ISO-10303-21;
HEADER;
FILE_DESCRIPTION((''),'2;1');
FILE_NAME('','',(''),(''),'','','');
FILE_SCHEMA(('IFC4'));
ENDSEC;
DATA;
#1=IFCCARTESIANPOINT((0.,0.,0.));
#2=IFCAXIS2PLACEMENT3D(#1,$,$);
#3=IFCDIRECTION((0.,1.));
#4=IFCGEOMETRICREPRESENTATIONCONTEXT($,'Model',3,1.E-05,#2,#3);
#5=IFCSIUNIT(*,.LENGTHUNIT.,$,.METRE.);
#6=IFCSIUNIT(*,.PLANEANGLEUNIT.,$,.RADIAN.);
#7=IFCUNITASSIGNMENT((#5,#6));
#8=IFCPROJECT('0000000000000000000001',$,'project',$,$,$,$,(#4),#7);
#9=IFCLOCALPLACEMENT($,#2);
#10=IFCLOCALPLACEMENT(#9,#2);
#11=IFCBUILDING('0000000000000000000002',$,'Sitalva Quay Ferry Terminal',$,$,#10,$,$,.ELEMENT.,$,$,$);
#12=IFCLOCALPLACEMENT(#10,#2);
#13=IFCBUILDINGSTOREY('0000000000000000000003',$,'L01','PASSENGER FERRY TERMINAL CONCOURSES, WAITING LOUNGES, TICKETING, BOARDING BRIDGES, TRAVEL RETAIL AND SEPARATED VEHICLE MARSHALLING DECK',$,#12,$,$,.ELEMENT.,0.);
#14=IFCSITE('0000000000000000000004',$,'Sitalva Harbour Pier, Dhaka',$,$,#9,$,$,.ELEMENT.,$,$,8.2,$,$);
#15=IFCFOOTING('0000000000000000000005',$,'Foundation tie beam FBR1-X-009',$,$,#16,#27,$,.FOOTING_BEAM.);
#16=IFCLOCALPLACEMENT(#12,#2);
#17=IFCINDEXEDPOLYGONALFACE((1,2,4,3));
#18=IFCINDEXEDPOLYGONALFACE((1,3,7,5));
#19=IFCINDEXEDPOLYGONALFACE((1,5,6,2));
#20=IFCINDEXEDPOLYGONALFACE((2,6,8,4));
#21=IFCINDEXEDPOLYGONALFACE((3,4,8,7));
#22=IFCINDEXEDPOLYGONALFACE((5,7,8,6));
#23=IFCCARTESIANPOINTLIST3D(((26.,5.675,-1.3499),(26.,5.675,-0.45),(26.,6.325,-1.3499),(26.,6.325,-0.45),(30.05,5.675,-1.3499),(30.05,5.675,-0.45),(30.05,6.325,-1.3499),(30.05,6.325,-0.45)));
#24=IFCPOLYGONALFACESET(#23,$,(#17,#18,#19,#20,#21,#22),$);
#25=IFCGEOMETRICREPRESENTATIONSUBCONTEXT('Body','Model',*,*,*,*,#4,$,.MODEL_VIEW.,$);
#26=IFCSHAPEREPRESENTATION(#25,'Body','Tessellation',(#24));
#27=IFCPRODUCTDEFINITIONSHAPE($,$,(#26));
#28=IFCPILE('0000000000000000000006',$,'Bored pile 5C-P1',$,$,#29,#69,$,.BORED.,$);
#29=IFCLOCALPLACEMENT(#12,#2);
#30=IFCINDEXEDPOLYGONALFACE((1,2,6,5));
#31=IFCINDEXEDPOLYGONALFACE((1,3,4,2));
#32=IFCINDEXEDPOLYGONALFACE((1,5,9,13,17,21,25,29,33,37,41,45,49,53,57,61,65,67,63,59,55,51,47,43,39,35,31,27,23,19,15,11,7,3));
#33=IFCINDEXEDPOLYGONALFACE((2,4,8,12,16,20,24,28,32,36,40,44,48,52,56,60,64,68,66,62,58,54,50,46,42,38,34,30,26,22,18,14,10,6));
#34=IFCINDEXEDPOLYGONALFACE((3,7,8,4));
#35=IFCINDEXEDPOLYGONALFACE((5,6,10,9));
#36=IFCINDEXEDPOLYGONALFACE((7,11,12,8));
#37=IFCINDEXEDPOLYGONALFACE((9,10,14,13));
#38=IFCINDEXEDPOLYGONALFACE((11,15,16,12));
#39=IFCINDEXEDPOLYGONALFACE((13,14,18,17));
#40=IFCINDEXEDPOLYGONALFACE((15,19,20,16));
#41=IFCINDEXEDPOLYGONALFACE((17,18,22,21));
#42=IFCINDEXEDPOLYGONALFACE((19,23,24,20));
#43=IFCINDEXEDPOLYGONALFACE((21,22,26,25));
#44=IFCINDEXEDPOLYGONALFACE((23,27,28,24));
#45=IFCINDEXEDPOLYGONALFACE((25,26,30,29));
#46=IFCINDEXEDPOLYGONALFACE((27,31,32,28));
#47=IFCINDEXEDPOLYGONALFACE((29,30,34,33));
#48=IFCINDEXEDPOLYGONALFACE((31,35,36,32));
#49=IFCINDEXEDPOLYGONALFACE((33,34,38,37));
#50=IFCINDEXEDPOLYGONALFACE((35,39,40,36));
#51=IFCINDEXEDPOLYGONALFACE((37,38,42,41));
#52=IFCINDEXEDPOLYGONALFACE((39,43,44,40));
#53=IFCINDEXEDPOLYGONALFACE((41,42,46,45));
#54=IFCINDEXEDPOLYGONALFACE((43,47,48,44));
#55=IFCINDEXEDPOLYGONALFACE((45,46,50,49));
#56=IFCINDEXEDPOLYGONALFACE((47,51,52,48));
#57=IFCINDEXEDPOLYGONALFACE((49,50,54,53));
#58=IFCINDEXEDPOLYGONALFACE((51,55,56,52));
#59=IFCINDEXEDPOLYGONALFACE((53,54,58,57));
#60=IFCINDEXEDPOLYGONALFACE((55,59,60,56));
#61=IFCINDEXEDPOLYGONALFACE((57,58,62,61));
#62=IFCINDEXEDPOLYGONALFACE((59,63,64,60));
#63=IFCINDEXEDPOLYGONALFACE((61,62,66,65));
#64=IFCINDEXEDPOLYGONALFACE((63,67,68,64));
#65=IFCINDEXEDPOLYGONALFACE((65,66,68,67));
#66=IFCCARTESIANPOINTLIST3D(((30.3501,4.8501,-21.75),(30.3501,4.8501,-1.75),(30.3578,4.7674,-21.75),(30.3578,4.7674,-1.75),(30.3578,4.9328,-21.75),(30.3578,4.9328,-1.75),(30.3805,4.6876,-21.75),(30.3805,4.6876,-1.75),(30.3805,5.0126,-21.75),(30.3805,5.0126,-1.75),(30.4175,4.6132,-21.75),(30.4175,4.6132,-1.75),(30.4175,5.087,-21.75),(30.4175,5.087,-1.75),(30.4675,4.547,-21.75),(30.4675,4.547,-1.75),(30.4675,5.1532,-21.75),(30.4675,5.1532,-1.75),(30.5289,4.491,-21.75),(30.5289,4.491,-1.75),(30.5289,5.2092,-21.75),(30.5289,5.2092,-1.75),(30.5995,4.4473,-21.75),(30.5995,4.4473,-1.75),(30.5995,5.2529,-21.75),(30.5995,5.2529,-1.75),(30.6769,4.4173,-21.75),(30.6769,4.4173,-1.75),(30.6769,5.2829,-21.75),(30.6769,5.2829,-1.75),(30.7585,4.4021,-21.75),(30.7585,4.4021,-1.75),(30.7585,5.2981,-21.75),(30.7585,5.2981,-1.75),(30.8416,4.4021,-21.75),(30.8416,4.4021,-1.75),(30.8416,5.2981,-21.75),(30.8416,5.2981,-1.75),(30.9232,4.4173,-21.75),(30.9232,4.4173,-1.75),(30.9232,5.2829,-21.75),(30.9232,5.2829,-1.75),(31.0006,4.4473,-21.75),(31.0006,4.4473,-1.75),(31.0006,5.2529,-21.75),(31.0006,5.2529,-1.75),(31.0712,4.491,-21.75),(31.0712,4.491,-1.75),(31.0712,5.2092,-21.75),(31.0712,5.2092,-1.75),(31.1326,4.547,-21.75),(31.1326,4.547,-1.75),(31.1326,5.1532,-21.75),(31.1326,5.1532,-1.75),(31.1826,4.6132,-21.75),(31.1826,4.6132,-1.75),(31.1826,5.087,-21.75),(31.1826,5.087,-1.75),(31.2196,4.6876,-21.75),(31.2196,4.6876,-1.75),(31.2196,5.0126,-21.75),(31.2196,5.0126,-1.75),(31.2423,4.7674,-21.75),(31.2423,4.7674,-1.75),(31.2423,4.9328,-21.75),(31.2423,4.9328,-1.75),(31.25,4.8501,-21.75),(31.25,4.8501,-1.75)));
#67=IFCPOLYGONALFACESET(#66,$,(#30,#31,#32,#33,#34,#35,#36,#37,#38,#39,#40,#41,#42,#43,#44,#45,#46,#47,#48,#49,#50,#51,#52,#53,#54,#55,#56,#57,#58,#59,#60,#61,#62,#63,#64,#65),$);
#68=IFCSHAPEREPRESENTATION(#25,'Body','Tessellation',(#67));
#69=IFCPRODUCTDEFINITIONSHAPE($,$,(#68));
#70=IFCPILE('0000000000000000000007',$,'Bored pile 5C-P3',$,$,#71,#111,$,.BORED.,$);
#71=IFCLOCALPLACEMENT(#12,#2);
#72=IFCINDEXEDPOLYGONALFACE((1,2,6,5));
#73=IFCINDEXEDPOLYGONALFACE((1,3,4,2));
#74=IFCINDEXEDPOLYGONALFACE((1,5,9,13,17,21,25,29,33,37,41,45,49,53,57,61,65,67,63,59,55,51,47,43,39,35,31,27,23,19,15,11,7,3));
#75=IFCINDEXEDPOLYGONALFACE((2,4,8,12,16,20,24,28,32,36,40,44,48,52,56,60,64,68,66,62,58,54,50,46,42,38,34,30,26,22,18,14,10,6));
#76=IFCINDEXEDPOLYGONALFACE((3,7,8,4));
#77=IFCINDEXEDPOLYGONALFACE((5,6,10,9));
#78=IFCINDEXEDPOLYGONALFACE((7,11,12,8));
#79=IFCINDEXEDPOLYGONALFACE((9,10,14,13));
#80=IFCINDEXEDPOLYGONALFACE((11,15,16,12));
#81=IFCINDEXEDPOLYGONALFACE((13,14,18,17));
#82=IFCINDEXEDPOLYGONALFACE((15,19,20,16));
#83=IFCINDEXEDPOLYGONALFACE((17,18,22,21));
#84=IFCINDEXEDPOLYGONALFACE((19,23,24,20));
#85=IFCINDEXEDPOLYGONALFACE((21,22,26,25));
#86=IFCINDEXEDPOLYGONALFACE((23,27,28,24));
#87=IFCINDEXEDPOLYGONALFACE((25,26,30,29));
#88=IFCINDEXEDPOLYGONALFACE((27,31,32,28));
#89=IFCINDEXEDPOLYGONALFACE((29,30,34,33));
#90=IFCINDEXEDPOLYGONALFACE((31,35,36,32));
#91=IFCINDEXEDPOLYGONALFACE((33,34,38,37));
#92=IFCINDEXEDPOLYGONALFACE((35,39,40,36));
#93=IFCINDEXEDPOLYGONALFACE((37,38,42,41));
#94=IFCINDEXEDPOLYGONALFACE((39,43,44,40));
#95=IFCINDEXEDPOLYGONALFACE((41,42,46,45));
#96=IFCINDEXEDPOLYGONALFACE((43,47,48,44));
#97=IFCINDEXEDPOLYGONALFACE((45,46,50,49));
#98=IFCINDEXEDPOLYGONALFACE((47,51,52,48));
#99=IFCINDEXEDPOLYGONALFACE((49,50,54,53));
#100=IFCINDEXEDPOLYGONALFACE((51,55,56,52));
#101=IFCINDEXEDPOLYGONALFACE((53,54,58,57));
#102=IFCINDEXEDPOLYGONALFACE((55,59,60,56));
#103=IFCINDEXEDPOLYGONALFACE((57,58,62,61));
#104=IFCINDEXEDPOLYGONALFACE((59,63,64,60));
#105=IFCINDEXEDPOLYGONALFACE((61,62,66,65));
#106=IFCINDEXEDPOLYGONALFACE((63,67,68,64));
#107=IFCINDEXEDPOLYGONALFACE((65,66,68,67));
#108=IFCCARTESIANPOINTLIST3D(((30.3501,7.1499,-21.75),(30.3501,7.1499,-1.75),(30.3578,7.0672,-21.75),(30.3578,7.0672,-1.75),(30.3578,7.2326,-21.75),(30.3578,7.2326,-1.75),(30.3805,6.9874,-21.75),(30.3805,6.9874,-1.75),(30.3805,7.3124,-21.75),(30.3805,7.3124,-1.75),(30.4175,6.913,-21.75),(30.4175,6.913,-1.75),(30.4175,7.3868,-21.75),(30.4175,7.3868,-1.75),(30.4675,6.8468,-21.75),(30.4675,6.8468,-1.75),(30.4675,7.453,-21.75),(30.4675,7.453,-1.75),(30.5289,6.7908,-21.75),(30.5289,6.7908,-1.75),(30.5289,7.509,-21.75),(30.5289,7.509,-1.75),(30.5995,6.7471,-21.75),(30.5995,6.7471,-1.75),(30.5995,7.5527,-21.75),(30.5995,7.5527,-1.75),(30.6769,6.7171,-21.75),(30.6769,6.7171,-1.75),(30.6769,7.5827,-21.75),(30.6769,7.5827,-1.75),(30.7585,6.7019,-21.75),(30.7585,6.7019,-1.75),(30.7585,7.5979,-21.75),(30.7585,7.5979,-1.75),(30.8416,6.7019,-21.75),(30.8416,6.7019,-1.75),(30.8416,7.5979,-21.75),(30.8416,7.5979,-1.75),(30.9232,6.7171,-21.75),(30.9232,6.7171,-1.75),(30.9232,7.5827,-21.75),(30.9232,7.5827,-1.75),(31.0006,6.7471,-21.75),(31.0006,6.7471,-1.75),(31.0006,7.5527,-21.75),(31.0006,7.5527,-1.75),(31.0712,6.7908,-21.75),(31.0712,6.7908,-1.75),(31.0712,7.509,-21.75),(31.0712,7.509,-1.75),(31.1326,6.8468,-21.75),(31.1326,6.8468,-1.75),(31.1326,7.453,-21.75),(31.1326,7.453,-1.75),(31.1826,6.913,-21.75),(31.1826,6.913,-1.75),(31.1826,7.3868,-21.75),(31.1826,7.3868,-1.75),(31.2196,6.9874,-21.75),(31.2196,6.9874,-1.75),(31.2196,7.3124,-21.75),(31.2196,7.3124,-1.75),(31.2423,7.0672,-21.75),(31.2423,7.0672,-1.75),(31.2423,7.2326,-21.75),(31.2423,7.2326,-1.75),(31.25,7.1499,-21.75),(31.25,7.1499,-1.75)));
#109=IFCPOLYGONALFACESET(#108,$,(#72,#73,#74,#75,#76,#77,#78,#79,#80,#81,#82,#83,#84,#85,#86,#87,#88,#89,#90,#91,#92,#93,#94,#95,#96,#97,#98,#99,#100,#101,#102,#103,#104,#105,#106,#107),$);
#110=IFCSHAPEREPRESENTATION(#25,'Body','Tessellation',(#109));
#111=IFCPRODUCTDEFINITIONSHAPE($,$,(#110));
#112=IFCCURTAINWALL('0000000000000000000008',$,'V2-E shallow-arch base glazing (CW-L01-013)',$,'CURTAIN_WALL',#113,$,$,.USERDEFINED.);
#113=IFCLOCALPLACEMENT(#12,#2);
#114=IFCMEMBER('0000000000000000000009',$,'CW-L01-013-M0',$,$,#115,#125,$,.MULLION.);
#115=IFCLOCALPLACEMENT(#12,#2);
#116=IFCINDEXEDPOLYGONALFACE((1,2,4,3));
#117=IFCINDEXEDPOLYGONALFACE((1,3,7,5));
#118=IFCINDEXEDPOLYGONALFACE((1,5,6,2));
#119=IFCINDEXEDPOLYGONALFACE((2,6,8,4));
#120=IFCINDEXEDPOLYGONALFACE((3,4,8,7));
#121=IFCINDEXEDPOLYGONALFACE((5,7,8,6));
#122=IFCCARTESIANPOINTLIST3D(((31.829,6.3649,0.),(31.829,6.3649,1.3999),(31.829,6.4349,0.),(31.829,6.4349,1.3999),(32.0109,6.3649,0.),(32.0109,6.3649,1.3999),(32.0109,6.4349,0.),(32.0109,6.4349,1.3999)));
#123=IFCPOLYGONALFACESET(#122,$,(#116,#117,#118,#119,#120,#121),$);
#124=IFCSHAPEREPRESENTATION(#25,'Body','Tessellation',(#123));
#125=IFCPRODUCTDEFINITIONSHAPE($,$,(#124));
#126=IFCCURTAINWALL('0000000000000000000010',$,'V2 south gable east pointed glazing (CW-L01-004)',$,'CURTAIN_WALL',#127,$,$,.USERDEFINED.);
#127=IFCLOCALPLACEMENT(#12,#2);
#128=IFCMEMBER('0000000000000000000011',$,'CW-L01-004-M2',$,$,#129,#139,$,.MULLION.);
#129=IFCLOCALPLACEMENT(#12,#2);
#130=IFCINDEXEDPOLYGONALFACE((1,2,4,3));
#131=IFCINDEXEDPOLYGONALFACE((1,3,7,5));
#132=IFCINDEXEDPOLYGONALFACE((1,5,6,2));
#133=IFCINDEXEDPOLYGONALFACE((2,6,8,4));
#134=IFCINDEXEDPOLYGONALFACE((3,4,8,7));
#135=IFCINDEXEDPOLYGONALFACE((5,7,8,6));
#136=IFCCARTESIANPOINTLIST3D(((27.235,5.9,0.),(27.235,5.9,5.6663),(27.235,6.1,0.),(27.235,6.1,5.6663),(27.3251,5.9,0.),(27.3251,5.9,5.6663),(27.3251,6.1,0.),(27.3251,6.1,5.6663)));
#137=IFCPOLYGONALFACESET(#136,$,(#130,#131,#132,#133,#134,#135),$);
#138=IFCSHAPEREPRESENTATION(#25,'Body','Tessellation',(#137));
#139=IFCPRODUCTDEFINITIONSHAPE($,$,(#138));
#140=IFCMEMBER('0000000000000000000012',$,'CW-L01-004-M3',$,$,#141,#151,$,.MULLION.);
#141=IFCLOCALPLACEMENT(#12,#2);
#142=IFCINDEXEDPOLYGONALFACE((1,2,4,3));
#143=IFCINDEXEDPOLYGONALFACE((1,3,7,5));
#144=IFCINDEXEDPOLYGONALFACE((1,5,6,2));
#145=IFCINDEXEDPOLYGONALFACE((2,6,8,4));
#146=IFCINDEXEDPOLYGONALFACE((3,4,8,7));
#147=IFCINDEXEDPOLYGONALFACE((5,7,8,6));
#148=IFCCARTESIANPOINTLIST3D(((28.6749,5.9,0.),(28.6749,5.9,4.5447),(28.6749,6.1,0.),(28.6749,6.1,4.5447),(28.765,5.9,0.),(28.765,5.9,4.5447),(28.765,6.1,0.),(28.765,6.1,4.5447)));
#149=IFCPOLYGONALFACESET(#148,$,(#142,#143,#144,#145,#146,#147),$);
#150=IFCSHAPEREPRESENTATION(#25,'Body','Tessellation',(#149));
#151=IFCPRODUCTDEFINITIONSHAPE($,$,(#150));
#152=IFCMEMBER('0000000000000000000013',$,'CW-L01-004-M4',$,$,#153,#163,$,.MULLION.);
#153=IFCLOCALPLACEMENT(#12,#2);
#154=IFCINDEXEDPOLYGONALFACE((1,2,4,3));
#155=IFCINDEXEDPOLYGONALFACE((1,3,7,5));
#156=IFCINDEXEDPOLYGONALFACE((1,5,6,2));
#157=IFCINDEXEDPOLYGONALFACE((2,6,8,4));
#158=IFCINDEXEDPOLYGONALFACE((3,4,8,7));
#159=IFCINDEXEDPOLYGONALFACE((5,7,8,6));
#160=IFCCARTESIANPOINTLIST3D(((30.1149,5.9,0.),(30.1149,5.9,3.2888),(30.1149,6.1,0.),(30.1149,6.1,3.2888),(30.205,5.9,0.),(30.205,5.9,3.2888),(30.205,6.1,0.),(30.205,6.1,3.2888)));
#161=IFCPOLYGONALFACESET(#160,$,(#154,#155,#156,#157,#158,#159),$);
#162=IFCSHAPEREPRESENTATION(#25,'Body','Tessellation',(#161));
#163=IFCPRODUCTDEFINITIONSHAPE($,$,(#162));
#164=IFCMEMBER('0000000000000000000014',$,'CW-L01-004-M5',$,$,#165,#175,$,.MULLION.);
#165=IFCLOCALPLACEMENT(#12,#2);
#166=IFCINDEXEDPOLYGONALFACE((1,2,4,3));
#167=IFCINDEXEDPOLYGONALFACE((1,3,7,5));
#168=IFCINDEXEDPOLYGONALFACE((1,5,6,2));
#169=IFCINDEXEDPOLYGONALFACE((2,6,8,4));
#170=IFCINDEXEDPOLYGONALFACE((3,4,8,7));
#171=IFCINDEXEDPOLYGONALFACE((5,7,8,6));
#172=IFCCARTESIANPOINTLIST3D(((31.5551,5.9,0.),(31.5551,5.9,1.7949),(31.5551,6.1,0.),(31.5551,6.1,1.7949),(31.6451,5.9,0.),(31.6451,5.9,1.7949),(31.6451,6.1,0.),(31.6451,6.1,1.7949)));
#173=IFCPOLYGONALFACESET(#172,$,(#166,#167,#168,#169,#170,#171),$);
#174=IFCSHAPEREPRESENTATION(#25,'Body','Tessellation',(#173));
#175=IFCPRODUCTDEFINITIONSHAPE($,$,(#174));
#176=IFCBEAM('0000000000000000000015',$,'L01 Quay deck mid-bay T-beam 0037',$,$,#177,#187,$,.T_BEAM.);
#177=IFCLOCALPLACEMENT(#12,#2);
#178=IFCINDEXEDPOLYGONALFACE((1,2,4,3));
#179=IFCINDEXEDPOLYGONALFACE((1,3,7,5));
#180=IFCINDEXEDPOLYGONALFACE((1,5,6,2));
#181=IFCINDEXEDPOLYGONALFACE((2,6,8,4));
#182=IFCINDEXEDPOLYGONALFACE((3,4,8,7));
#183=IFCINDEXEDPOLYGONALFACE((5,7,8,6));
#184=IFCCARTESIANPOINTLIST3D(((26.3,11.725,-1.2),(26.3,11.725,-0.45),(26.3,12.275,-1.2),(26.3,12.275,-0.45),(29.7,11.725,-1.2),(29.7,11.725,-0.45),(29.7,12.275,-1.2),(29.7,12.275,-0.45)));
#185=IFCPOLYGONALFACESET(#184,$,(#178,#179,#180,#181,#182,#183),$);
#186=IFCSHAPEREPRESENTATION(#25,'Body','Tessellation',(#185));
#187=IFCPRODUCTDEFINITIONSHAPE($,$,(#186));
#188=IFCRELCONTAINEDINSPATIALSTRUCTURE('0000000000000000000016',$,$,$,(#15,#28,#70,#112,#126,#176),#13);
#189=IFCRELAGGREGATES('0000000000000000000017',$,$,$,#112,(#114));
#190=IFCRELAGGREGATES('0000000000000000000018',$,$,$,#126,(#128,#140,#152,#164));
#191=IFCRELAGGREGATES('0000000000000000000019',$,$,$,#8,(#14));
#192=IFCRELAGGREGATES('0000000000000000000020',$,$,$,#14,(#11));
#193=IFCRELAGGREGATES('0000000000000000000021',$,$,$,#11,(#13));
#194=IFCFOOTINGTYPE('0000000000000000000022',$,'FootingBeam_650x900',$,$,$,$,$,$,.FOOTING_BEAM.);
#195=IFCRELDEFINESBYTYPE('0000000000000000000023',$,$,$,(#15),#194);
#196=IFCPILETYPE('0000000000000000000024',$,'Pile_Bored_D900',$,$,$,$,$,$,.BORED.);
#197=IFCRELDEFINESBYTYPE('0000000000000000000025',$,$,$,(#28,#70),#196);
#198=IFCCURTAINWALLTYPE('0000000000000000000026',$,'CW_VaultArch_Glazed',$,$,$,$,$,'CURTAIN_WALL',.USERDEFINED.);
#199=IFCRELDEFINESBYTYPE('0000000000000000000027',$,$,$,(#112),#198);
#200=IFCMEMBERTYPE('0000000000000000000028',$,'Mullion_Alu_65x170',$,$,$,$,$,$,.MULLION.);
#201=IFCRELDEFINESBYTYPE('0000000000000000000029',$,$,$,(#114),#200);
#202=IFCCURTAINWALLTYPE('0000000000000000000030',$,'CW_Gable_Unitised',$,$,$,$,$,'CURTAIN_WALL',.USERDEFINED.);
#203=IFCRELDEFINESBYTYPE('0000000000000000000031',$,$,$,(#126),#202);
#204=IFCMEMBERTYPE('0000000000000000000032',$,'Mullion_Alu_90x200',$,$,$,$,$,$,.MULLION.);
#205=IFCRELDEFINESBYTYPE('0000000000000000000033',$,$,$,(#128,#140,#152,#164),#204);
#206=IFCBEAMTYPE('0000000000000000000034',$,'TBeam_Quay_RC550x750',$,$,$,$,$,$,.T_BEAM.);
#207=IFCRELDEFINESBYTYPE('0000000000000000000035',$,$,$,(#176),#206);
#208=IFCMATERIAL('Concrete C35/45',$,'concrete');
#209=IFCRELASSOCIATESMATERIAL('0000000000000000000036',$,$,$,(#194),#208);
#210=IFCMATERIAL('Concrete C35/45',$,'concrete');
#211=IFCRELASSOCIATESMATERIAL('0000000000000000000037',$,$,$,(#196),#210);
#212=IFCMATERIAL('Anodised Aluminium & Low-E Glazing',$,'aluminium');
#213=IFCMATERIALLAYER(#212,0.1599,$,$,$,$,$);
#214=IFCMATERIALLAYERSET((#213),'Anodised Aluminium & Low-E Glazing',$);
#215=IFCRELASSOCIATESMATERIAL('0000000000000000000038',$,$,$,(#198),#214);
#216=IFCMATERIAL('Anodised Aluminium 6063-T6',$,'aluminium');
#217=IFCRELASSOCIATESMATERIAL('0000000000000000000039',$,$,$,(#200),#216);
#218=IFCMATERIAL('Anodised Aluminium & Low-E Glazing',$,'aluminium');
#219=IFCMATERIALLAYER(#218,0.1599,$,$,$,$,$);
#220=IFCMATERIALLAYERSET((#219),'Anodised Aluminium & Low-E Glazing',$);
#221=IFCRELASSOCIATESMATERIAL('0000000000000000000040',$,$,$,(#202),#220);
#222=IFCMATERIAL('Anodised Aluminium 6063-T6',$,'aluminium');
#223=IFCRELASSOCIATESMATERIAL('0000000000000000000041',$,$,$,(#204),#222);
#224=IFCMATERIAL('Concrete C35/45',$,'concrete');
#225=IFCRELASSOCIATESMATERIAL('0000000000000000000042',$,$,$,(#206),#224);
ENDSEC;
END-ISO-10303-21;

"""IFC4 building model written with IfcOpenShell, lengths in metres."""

from ifc_helpers import new_model, si_unit, direction, frame, origin, origin_2d, place, context, subcontext, project, spatial, rectangle, circle, extrude, material, layer, layer_set, material_profile, profile_set, type_object, element, aggregate, save


model = new_model("IFC4")

# Units and contexts
model_context = context("Model", 3, precision=1e-05, world=origin(), true_north=direction((0.0, 1.0)))
body_context = subcontext(model_context, "Body", "Model", "MODEL_VIEW")
ifc_project = project(units=[si_unit("LENGTHUNIT", "METRE"), si_unit("PLANEANGLEUNIT", "RADIAN")], contexts=[model_context])

# Site, building, storey
site_placement = place(None, origin())
site = spatial("IfcSite", under=ifc_project, at=site_placement, Name="Sitalva Harbour Pier, Dhaka", CompositionType="ELEMENT", RefElevation=8.2)
building_placement = place(site_placement, origin())
building = spatial("IfcBuilding", under=site, at=building_placement, Name="Sitalva Quay Ferry Terminal", CompositionType="ELEMENT")
storey_placement = place(building_placement, origin())
storey = spatial("IfcBuildingStorey", under=building, at=storey_placement, Name="L01", Description="PASSENGER FERRY TERMINAL CONCOURSES, WAITING LOUNGES, TICKETING, BOARDING BRIDGES, TRAVEL RETAIL AND SEPARATED VEHICLE MARSHALLING DECK", CompositionType="ELEMENT", Elevation=0.0)

# Footing
ifc_material_1 = material(Name="Concrete C35/45", Category="concrete")
ifc_material_profile_1 = material_profile(ifc_material_1, rectangle(XDim=0.6499, YDim=0.8999, at=origin_2d()), Name="RC650x900")
ifc_profile_set_1 = profile_set([ifc_material_profile_1], Name="Concrete C35/45")
footing_type = type_object("IfcFootingType", Name="FootingBeam_650x900", PredefinedType="FOOTING_BEAM", material=ifc_profile_set_1)
footing_placement = place(storey_placement, frame((26.0, 6.0, -0.8999), z_axis=(1.0, 0.0, 0.0), x_axis=(0.0, 1.0, 0.0)))
element("IfcFooting", 1, at=footing_placement, inside=storey, type_object=footing_type, Name="Foundation tie beam FBR1-X-009", PredefinedType="FOOTING_BEAM", context=body_context, shape_type="SweptSolid", body=[
    extrude(rectangle(XDim=0.6499, YDim=0.8999, at=origin_2d()), origin(), (0.0, 0.0, 1.0), 4.05),
])

# Piles
ifc_material_2 = material(Name="Concrete C35/45", Category="concrete")
ifc_material_profile_2 = material_profile(ifc_material_2, circle(Radius=0.45, at=origin_2d()), Name="PILE-D900")
ifc_profile_set_2 = profile_set([ifc_material_profile_2], Name="Concrete C35/45")
pile_type = type_object("IfcPileType", Name="Pile_Bored_D900", PredefinedType="BORED", material=ifc_profile_set_2)
for number, where, z_axis, x_axis, name in (
    (2, (30.8, 4.8501, -1.75), (0.0, 0.0, -1.0), (1.0, 0.0, 0.0), "Bored pile 5C-P1"),
    (3, (30.8, 7.1499, -1.75), (0.0, 0.0, -1.0), (1.0, 0.0, 0.0), "Bored pile 5C-P3"),
):
    element("IfcPile", number, at=place(storey_placement, frame(where, z_axis=z_axis, x_axis=x_axis)), inside=storey, type_object=pile_type, Name=name, PredefinedType="BORED", context=body_context, shape_type="SweptSolid", body=[
        extrude(circle(Radius=0.45, at=origin_2d()), origin(), (0.0, 0.0, 1.0), 20.0),
    ])

# Curtain wall, member
ifc_material_3 = material(Name="Anodised Aluminium & Low-E Glazing", Category="aluminium")
ifc_layer_1 = layer(ifc_material_3, 0.1599)
ifc_layer_set_1 = layer_set([ifc_layer_1], Name="Anodised Aluminium & Low-E Glazing")
curtain_wall_type_1 = type_object("IfcCurtainWallType", Name="CW_VaultArch_Glazed", ElementType="CURTAIN_WALL", PredefinedType="USERDEFINED", material=ifc_layer_set_1)
curtain_wall_1_placement = place(storey_placement, origin())
curtain_wall_1 = element("IfcCurtainWall", 4, at=curtain_wall_1_placement, inside=storey, type_object=curtain_wall_type_1, Name="V2-E shallow-arch base glazing (CW-L01-013)", ObjectType="CURTAIN_WALL", PredefinedType="USERDEFINED")
ifc_material_4 = material(Name="Anodised Aluminium 6063-T6", Category="aluminium")
ifc_material_profile_3 = material_profile(ifc_material_4, rectangle(XDim=0.0701, YDim=0.1819, at=origin_2d()), Name="ALU70x182")
ifc_profile_set_3 = profile_set([ifc_material_profile_3], Name="Anodised Aluminium 6063-T6")
member_type_1 = type_object("IfcMemberType", Name="Mullion_Alu_65x170", PredefinedType="MULLION", material=ifc_profile_set_3)
member_1_placement = place(storey_placement, frame((31.9199, 6.3999, 0.0), z_axis=(0.0, 0.0, 1.0), x_axis=(0.0, 1.0, 0.0)))
member_1 = element("IfcMember", 5, at=member_1_placement, type_object=member_type_1, Name="CW-L01-013-M0", PredefinedType="MULLION", context=body_context, shape_type="SweptSolid", body=[
    extrude(rectangle(XDim=0.0701, YDim=0.1819, at=origin_2d()), origin(), (0.0, 0.0, 1.0), 1.3999),
])

# Curtain wall, members
ifc_material_5 = material(Name="Anodised Aluminium & Low-E Glazing", Category="aluminium")
ifc_layer_2 = layer(ifc_material_5, 0.1599)
ifc_layer_set_2 = layer_set([ifc_layer_2], Name="Anodised Aluminium & Low-E Glazing")
curtain_wall_type_2 = type_object("IfcCurtainWallType", Name="CW_Gable_Unitised", ElementType="CURTAIN_WALL", PredefinedType="USERDEFINED", material=ifc_layer_set_2)
curtain_wall_2_placement = place(storey_placement, origin())
curtain_wall_2 = element("IfcCurtainWall", 6, at=curtain_wall_2_placement, inside=storey, type_object=curtain_wall_type_2, Name="V2 south gable east pointed glazing (CW-L01-004)", ObjectType="CURTAIN_WALL", PredefinedType="USERDEFINED")
ifc_material_6 = material(Name="Anodised Aluminium 6063-T6", Category="aluminium")
ifc_material_profile_4 = material_profile(ifc_material_6, rectangle(XDim=0.0901, YDim=0.2, at=origin_2d()), Name="ALU90x200")
ifc_profile_set_4 = profile_set([ifc_material_profile_4], Name="Anodised Aluminium 6063-T6")
member_type_2 = type_object("IfcMemberType", Name="Mullion_Alu_90x200", PredefinedType="MULLION", material=ifc_profile_set_4)
member_2_placement = place(storey_placement, frame((27.28, 6.0, 0.0), z_axis=(0.0, 0.0, 1.0), x_axis=(1.0, 0.0, 0.0)))
member_2 = element("IfcMember", 7, at=member_2_placement, type_object=member_type_2, Name="CW-L01-004-M2", PredefinedType="MULLION", context=body_context, shape_type="SweptSolid", body=[
    extrude(rectangle(XDim=0.0901, YDim=0.2, at=origin_2d()), origin(), (0.0, 0.0, 1.0), 5.6663),
])
member_3_placement = place(storey_placement, frame((28.72, 6.0, 0.0), z_axis=(0.0, 0.0, 1.0), x_axis=(1.0, 0.0, 0.0)))
member_3 = element("IfcMember", 8, at=member_3_placement, type_object=member_type_2, Name="CW-L01-004-M3", PredefinedType="MULLION", context=body_context, shape_type="SweptSolid", body=[
    extrude(rectangle(XDim=0.0901, YDim=0.2, at=origin_2d()), origin(), (0.0, 0.0, 1.0), 4.5447),
])
member_4_placement = place(storey_placement, frame((30.1599, 6.0, 0.0), z_axis=(0.0, 0.0, 1.0), x_axis=(1.0, 0.0, 0.0)))
member_4 = element("IfcMember", 9, at=member_4_placement, type_object=member_type_2, Name="CW-L01-004-M4", PredefinedType="MULLION", context=body_context, shape_type="SweptSolid", body=[
    extrude(rectangle(XDim=0.0901, YDim=0.2, at=origin_2d()), origin(), (0.0, 0.0, 1.0), 3.2888),
])
member_5_placement = place(storey_placement, frame((31.6001, 6.0, 0.0), z_axis=(0.0, 0.0, 1.0), x_axis=(1.0, 0.0, 0.0)))
member_5 = element("IfcMember", 10, at=member_5_placement, type_object=member_type_2, Name="CW-L01-004-M5", PredefinedType="MULLION", context=body_context, shape_type="SweptSolid", body=[
    extrude(rectangle(XDim=0.0901, YDim=0.2, at=origin_2d()), origin(), (0.0, 0.0, 1.0), 1.7949),
])

# Beam
ifc_material_7 = material(Name="Concrete C35/45", Category="concrete")
ifc_material_profile_5 = material_profile(ifc_material_7, rectangle(XDim=0.55, YDim=0.75, at=origin_2d()), Name="RC550x750")
ifc_profile_set_5 = profile_set([ifc_material_profile_5], Name="Concrete C35/45")
beam_type = type_object("IfcBeamType", Name="TBeam_Quay_RC550x750", PredefinedType="T_BEAM", material=ifc_profile_set_5)
beam_placement = place(storey_placement, frame((26.3, 12.0, -0.825), z_axis=(1.0, 0.0, 0.0), x_axis=(0.0, 1.0, 0.0)))
element("IfcBeam", 11, at=beam_placement, inside=storey, type_object=beam_type, Name="L01 Quay deck mid-bay T-beam 0037", PredefinedType="T_BEAM", context=body_context, shape_type="SweptSolid", body=[
    extrude(rectangle(XDim=0.55, YDim=0.75, at=origin_2d()), origin(), (0.0, 0.0, 1.0), 3.3999),
])

aggregate(curtain_wall_1, [member_1])
aggregate(curtain_wall_2, [member_2, member_3, member_4, member_5])

save(model, "model.ifc")
